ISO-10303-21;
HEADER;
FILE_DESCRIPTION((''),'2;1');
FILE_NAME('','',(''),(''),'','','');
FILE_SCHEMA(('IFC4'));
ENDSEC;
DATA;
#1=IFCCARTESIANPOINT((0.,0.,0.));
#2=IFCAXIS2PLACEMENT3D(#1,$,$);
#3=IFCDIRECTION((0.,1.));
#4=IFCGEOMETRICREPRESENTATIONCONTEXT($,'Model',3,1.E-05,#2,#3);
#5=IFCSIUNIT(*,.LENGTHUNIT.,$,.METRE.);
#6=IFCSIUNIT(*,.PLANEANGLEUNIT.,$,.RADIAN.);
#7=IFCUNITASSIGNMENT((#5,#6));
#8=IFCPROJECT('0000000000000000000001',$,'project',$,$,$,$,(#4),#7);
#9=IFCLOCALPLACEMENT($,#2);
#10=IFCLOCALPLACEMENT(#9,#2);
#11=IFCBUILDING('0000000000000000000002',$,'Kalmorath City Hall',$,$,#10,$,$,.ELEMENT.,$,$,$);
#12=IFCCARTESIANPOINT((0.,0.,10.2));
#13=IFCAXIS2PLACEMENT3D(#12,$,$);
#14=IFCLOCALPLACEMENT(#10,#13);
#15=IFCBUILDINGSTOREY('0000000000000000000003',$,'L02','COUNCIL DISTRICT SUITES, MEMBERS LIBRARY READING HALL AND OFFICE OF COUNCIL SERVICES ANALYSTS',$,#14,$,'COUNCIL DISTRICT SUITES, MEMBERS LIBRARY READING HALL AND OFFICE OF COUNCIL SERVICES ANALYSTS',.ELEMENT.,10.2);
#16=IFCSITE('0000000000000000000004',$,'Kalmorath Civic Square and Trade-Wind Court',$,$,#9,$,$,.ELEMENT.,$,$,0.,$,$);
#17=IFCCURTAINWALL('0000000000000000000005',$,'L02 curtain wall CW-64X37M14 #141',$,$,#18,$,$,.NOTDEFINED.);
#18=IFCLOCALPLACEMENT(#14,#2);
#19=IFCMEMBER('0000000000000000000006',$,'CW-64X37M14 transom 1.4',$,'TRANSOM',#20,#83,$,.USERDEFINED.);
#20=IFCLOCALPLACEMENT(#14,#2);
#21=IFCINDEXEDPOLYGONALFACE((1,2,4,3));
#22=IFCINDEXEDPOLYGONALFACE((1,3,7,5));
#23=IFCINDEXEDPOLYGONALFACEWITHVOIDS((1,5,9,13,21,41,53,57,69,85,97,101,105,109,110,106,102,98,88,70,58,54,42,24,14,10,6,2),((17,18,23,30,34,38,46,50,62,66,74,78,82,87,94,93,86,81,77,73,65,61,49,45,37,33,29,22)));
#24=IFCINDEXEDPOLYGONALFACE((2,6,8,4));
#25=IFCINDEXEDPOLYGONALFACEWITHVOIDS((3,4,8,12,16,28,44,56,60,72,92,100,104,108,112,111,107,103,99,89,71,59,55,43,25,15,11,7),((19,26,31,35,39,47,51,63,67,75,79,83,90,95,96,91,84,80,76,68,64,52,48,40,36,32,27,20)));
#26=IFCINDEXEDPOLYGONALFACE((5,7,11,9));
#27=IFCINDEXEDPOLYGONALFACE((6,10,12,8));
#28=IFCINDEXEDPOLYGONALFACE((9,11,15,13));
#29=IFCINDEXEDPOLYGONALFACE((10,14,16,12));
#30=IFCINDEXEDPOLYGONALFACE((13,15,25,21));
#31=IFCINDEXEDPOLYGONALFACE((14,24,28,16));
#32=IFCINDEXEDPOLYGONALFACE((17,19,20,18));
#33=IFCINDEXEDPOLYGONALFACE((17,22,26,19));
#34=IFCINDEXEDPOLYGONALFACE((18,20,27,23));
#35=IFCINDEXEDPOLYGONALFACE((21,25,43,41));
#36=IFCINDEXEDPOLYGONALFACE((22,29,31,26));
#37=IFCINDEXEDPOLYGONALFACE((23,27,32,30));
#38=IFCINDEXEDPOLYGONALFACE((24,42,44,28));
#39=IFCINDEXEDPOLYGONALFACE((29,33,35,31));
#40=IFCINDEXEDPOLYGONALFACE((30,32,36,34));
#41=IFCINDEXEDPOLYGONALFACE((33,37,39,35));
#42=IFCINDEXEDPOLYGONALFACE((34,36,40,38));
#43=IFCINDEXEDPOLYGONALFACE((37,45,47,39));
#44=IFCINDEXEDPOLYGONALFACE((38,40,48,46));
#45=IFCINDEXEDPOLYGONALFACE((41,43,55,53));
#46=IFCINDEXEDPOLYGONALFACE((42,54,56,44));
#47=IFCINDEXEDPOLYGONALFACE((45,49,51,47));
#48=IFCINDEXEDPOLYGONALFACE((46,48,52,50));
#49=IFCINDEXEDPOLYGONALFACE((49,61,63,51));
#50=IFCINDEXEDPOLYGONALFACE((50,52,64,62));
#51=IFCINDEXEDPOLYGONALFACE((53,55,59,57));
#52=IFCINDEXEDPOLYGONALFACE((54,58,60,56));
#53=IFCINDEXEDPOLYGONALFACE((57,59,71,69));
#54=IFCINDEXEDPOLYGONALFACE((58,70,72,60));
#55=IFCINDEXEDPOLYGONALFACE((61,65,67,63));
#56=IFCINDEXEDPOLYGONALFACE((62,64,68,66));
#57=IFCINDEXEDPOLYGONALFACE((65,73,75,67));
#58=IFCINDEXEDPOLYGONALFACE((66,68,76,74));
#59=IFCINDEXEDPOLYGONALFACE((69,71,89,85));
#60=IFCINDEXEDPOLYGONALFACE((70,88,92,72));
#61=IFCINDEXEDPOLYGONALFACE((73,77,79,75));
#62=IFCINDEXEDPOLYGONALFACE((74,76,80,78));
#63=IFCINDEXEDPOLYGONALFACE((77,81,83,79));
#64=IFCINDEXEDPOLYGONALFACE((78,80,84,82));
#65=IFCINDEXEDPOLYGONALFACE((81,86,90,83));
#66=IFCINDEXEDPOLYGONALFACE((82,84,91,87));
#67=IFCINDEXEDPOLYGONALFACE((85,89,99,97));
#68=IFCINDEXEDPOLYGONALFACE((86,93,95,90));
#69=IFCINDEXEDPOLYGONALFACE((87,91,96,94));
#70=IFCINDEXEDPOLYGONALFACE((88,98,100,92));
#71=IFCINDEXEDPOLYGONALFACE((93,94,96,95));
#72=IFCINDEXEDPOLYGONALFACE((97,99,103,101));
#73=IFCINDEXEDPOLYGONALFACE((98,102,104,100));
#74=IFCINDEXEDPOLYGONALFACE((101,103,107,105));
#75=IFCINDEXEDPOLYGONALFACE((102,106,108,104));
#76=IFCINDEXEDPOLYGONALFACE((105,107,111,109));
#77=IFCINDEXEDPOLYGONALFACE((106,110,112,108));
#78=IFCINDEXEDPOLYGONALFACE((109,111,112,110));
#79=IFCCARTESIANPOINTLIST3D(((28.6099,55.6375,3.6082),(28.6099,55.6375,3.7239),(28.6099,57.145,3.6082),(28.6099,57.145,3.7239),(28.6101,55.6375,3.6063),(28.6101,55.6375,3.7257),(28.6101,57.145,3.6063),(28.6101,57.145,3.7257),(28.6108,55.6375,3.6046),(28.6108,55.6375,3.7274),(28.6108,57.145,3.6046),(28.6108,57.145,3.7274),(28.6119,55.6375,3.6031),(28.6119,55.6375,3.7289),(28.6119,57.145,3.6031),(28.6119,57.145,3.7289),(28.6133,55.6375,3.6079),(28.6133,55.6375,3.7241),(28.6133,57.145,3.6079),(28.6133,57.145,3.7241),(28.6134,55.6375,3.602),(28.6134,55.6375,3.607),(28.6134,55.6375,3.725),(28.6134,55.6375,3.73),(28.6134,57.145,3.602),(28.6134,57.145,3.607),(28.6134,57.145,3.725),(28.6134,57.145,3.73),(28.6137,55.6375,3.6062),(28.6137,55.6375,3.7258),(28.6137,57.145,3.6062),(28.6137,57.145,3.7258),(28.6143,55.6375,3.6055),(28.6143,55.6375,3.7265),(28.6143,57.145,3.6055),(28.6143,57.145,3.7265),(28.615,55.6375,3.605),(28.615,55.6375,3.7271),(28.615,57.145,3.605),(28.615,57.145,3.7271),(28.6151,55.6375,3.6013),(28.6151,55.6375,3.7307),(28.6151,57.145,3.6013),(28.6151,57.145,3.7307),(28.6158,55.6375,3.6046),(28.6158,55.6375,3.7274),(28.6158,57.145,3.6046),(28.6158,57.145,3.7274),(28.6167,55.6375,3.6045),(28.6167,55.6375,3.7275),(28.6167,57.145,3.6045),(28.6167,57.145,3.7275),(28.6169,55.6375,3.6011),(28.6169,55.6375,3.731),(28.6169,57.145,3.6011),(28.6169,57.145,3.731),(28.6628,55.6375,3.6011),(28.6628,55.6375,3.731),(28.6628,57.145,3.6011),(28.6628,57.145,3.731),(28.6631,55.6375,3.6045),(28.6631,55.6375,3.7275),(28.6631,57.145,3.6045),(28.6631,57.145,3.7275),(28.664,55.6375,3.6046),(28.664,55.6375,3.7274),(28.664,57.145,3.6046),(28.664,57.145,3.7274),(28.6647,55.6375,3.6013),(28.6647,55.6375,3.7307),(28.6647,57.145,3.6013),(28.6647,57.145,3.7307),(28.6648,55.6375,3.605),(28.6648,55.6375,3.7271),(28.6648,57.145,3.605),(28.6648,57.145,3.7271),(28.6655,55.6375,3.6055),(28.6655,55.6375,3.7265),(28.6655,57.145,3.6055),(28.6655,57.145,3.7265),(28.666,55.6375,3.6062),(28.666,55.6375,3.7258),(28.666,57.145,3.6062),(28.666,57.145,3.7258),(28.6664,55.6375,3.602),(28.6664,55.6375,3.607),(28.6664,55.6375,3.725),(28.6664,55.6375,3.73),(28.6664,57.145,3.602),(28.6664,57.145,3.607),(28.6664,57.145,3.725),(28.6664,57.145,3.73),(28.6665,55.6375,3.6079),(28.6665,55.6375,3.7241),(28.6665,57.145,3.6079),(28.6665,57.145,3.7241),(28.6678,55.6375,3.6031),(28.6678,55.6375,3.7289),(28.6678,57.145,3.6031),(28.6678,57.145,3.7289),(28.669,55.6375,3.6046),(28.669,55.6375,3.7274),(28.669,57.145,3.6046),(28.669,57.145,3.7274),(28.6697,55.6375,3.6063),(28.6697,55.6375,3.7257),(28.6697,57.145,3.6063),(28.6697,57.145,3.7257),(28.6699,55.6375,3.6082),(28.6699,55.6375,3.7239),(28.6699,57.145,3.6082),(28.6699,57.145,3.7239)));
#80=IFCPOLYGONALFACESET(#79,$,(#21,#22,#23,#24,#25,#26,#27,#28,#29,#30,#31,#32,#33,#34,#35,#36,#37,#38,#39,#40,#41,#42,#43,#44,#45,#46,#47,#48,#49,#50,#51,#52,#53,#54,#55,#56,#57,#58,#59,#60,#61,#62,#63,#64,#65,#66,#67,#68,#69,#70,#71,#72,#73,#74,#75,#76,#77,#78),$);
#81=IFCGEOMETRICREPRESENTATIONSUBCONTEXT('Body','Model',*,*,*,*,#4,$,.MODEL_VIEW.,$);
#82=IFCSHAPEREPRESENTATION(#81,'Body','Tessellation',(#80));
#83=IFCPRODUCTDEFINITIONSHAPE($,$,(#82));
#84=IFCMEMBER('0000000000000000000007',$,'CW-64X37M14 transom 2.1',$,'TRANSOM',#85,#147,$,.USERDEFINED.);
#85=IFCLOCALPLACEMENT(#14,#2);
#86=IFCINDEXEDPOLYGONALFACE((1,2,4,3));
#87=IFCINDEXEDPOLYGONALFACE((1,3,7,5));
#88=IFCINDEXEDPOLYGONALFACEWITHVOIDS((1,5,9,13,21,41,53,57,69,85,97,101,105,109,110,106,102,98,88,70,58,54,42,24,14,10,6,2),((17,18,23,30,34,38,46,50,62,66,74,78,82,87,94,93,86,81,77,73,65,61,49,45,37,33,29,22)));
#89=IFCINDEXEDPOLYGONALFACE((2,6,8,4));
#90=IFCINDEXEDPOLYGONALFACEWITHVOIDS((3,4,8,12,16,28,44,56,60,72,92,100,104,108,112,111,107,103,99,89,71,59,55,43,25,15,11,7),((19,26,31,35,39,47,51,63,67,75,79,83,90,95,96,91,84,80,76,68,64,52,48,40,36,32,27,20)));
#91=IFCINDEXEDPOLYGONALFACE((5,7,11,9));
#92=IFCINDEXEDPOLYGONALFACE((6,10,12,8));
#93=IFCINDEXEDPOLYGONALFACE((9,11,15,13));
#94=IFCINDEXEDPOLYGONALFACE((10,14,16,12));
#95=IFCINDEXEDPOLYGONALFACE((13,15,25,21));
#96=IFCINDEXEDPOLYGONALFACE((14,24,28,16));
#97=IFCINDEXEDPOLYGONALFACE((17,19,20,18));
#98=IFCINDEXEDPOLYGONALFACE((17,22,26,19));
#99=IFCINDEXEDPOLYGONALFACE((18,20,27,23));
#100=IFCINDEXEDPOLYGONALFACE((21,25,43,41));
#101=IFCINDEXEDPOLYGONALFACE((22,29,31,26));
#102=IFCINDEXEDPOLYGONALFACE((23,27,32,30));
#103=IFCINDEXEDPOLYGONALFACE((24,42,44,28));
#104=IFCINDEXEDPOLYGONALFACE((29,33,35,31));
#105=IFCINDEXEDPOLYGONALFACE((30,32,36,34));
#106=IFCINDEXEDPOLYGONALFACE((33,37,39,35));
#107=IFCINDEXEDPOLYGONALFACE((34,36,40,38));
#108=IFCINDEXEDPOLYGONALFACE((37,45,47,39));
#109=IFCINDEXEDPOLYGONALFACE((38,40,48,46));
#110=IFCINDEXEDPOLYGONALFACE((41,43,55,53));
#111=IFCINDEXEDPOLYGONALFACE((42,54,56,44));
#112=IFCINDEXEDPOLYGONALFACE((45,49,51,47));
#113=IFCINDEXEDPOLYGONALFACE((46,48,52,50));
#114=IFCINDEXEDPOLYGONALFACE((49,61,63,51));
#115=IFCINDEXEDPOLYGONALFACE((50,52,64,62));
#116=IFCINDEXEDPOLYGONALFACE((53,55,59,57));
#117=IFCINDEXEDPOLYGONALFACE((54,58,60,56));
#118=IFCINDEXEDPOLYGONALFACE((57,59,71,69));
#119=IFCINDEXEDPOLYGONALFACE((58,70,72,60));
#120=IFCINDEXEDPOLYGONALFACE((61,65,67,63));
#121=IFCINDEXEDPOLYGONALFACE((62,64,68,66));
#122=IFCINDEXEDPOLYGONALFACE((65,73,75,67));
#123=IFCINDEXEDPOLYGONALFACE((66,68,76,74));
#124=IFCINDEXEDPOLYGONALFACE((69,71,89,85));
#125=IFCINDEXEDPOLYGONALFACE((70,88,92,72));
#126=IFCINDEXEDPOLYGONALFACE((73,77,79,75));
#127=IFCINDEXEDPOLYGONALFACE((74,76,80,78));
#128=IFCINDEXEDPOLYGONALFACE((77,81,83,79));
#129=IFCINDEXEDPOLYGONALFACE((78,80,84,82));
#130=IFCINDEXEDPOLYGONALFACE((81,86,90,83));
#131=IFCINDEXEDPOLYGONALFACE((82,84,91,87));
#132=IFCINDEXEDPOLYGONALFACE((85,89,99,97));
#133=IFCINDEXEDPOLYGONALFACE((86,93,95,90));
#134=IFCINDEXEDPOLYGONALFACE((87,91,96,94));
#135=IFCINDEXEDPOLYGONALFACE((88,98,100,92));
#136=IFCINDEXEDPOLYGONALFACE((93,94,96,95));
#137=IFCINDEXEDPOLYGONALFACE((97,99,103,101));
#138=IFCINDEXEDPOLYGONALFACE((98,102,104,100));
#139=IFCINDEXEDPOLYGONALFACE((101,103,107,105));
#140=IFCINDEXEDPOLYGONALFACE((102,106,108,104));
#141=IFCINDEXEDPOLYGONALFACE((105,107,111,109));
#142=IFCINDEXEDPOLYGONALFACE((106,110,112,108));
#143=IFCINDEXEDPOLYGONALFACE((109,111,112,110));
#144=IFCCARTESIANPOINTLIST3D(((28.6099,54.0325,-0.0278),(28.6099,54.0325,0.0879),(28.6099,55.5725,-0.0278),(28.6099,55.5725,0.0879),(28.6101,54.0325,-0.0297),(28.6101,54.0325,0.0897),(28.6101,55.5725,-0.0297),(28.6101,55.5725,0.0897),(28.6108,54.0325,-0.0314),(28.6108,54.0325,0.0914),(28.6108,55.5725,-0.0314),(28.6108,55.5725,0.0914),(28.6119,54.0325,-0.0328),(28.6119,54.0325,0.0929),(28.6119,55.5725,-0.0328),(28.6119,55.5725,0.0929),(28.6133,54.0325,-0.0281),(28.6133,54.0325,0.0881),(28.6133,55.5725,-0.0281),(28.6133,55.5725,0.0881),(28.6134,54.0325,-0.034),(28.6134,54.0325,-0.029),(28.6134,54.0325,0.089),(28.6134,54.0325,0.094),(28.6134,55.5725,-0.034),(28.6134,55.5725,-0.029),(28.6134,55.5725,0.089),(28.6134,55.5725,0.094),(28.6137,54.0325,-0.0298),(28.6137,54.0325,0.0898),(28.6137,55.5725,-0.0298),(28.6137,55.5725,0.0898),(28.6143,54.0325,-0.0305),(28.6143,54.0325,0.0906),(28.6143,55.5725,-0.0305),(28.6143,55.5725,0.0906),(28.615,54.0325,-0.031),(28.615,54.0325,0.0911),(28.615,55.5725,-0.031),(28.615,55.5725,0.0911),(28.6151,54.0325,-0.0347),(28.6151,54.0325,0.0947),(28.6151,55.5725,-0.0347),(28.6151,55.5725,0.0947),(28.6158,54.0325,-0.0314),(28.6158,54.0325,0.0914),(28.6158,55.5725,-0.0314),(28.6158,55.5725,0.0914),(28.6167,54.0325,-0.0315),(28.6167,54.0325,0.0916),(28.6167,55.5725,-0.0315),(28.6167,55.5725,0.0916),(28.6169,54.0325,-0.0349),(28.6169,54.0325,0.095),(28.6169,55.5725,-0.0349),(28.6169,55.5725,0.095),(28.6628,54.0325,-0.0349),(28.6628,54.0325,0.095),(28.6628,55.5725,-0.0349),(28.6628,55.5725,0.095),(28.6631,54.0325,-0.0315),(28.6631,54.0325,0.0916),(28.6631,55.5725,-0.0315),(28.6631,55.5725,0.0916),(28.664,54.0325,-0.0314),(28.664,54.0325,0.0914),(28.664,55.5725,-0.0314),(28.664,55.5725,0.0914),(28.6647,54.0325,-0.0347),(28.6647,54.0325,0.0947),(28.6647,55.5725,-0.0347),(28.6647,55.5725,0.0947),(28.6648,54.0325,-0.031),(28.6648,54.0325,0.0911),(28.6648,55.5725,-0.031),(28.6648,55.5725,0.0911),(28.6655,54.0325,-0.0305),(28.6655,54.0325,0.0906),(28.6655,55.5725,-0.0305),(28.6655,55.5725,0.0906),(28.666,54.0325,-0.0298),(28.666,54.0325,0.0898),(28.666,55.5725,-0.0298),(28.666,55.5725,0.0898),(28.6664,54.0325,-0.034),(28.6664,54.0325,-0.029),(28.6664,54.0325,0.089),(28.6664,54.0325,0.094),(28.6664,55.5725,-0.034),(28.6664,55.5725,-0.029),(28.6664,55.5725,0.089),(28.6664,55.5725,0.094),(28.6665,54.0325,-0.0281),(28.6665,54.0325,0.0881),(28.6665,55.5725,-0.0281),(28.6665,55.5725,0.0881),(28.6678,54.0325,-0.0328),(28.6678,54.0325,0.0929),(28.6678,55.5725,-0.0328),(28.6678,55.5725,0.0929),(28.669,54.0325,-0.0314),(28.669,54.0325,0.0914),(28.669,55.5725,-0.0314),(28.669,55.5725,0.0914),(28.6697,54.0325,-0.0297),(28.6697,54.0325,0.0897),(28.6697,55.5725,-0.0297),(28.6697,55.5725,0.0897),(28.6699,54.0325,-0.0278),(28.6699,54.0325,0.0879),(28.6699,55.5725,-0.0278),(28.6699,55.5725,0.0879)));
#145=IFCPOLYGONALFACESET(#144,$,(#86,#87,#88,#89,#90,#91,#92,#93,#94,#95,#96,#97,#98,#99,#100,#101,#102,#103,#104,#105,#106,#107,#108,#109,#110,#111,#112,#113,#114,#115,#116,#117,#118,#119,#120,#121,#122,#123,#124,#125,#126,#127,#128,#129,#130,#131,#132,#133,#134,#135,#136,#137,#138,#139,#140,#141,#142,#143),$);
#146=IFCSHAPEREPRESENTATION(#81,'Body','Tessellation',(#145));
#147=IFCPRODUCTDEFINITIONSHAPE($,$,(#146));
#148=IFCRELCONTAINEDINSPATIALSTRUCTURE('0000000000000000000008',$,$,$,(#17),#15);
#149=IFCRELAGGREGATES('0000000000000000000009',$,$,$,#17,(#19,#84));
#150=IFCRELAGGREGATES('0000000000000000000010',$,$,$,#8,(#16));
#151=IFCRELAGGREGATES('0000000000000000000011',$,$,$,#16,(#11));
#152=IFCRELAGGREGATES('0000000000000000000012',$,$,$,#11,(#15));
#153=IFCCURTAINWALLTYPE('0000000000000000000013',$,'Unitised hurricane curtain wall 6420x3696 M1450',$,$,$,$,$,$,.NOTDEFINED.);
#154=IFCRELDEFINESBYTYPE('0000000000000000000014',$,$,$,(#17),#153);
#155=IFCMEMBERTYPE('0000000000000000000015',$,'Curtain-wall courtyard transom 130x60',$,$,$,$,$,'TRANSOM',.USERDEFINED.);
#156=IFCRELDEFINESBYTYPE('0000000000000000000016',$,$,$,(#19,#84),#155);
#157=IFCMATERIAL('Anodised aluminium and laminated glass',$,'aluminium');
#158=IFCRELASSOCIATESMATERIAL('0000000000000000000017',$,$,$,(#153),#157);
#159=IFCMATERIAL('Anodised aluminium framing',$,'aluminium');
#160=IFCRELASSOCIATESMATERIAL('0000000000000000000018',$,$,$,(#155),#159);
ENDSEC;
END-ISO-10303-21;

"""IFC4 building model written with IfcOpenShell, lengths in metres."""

from ifc_helpers import new_model, si_unit, direction, frame, origin, origin_2d, place, context, subcontext, project, spatial, hollow_rectangle, extrude, material, material_profile, profile_set, type_object, element, aggregate, save


model = new_model("IFC4")

# Units and contexts
model_context = context("Model", 3, precision=1e-05, world=origin(), true_north=direction((0.0, 1.0)))
body_context = subcontext(model_context, "Body", "Model", "MODEL_VIEW")
ifc_project = project(units=[si_unit("LENGTHUNIT", "METRE"), si_unit("PLANEANGLEUNIT", "RADIAN")], contexts=[model_context])

# Site, building, storey
site_placement = place(None, origin())
site = spatial("IfcSite", under=ifc_project, at=site_placement, Name="Kalmorath Civic Square and Trade-Wind Court", CompositionType="ELEMENT", RefElevation=0.0)
building_placement = place(site_placement, origin())
building = spatial("IfcBuilding", under=site, at=building_placement, Name="Kalmorath City Hall", CompositionType="ELEMENT")
storey_placement = place(building_placement, frame((0.0, 0.0, 10.2)))
storey = spatial("IfcBuildingStorey", under=building, at=storey_placement, Name="L02", Description="COUNCIL DISTRICT SUITES, MEMBERS LIBRARY READING HALL AND OFFICE OF COUNCIL SERVICES ANALYSTS", LongName="COUNCIL DISTRICT SUITES, MEMBERS LIBRARY READING HALL AND OFFICE OF COUNCIL SERVICES ANALYSTS", CompositionType="ELEMENT", Elevation=10.2)

# Curtain wall, members
ifc_material_1 = material(Name="Anodised aluminium and laminated glass", Category="aluminium")
curtain_wall_type = type_object("IfcCurtainWallType", Name="Unitised hurricane curtain wall 6420x3696 M1450", PredefinedType="NOTDEFINED", material=ifc_material_1)
curtain_wall_placement = place(storey_placement, origin())
curtain_wall = element("IfcCurtainWall", 1, at=curtain_wall_placement, inside=storey, type_object=curtain_wall_type, Name="L02 curtain wall CW-64X37M14 #141", PredefinedType="NOTDEFINED")
ifc_material_2 = material(Name="Anodised aluminium framing", Category="aluminium")
ifc_material_profile_1 = material_profile(ifc_material_2, hollow_rectangle(XDim=0.0601, YDim=0.1299, WallThickness=0.0034, InnerFilletRadius=0.0034, OuterFilletRadius=0.0071, at=origin_2d()), Name="ALU-TRN-130X60X3.5")
ifc_profile_set_1 = profile_set([ifc_material_profile_1], Name="Anodised aluminium framing")
member_type_1 = type_object("IfcMemberType", Name="Curtain-wall courtyard transom 130x60", ElementType="TRANSOM", PredefinedType="USERDEFINED", material=ifc_profile_set_1)
member_1_placement = place(storey_placement, frame((28.6399, 57.145, 3.666), z_axis=(0.0, -1.0, 0.0), x_axis=(1.0, 0.0, 0.0)))
member_1 = element("IfcMember", 2, at=member_1_placement, type_object=member_type_1, Name="CW-64X37M14 transom 1.4", ObjectType="TRANSOM", PredefinedType="USERDEFINED", context=body_context, shape_type="SweptSolid", body=[
    extrude(hollow_rectangle(XDim=0.0601, YDim=0.1299, WallThickness=0.0034, InnerFilletRadius=0.0034, OuterFilletRadius=0.0071, at=origin_2d()), origin(), (0.0, 0.0, 1.0), 1.5076),
])
member_2_placement = place(storey_placement, frame((28.6399, 55.5725, 0.03), z_axis=(0.0, -1.0, 0.0), x_axis=(1.0, 0.0, 0.0)))
member_2 = element("IfcMember", 3, at=member_2_placement, type_object=member_type_1, Name="CW-64X37M14 transom 2.1", ObjectType="TRANSOM", PredefinedType="USERDEFINED", context=body_context, shape_type="SweptSolid", body=[
    extrude(hollow_rectangle(XDim=0.0601, YDim=0.1299, WallThickness=0.0034, InnerFilletRadius=0.0034, OuterFilletRadius=0.0071, at=origin_2d()), origin(), (0.0, 0.0, 1.0), 1.54),
])
aggregate(curtain_wall, [member_1, member_2])

save(model, "model.ifc")
